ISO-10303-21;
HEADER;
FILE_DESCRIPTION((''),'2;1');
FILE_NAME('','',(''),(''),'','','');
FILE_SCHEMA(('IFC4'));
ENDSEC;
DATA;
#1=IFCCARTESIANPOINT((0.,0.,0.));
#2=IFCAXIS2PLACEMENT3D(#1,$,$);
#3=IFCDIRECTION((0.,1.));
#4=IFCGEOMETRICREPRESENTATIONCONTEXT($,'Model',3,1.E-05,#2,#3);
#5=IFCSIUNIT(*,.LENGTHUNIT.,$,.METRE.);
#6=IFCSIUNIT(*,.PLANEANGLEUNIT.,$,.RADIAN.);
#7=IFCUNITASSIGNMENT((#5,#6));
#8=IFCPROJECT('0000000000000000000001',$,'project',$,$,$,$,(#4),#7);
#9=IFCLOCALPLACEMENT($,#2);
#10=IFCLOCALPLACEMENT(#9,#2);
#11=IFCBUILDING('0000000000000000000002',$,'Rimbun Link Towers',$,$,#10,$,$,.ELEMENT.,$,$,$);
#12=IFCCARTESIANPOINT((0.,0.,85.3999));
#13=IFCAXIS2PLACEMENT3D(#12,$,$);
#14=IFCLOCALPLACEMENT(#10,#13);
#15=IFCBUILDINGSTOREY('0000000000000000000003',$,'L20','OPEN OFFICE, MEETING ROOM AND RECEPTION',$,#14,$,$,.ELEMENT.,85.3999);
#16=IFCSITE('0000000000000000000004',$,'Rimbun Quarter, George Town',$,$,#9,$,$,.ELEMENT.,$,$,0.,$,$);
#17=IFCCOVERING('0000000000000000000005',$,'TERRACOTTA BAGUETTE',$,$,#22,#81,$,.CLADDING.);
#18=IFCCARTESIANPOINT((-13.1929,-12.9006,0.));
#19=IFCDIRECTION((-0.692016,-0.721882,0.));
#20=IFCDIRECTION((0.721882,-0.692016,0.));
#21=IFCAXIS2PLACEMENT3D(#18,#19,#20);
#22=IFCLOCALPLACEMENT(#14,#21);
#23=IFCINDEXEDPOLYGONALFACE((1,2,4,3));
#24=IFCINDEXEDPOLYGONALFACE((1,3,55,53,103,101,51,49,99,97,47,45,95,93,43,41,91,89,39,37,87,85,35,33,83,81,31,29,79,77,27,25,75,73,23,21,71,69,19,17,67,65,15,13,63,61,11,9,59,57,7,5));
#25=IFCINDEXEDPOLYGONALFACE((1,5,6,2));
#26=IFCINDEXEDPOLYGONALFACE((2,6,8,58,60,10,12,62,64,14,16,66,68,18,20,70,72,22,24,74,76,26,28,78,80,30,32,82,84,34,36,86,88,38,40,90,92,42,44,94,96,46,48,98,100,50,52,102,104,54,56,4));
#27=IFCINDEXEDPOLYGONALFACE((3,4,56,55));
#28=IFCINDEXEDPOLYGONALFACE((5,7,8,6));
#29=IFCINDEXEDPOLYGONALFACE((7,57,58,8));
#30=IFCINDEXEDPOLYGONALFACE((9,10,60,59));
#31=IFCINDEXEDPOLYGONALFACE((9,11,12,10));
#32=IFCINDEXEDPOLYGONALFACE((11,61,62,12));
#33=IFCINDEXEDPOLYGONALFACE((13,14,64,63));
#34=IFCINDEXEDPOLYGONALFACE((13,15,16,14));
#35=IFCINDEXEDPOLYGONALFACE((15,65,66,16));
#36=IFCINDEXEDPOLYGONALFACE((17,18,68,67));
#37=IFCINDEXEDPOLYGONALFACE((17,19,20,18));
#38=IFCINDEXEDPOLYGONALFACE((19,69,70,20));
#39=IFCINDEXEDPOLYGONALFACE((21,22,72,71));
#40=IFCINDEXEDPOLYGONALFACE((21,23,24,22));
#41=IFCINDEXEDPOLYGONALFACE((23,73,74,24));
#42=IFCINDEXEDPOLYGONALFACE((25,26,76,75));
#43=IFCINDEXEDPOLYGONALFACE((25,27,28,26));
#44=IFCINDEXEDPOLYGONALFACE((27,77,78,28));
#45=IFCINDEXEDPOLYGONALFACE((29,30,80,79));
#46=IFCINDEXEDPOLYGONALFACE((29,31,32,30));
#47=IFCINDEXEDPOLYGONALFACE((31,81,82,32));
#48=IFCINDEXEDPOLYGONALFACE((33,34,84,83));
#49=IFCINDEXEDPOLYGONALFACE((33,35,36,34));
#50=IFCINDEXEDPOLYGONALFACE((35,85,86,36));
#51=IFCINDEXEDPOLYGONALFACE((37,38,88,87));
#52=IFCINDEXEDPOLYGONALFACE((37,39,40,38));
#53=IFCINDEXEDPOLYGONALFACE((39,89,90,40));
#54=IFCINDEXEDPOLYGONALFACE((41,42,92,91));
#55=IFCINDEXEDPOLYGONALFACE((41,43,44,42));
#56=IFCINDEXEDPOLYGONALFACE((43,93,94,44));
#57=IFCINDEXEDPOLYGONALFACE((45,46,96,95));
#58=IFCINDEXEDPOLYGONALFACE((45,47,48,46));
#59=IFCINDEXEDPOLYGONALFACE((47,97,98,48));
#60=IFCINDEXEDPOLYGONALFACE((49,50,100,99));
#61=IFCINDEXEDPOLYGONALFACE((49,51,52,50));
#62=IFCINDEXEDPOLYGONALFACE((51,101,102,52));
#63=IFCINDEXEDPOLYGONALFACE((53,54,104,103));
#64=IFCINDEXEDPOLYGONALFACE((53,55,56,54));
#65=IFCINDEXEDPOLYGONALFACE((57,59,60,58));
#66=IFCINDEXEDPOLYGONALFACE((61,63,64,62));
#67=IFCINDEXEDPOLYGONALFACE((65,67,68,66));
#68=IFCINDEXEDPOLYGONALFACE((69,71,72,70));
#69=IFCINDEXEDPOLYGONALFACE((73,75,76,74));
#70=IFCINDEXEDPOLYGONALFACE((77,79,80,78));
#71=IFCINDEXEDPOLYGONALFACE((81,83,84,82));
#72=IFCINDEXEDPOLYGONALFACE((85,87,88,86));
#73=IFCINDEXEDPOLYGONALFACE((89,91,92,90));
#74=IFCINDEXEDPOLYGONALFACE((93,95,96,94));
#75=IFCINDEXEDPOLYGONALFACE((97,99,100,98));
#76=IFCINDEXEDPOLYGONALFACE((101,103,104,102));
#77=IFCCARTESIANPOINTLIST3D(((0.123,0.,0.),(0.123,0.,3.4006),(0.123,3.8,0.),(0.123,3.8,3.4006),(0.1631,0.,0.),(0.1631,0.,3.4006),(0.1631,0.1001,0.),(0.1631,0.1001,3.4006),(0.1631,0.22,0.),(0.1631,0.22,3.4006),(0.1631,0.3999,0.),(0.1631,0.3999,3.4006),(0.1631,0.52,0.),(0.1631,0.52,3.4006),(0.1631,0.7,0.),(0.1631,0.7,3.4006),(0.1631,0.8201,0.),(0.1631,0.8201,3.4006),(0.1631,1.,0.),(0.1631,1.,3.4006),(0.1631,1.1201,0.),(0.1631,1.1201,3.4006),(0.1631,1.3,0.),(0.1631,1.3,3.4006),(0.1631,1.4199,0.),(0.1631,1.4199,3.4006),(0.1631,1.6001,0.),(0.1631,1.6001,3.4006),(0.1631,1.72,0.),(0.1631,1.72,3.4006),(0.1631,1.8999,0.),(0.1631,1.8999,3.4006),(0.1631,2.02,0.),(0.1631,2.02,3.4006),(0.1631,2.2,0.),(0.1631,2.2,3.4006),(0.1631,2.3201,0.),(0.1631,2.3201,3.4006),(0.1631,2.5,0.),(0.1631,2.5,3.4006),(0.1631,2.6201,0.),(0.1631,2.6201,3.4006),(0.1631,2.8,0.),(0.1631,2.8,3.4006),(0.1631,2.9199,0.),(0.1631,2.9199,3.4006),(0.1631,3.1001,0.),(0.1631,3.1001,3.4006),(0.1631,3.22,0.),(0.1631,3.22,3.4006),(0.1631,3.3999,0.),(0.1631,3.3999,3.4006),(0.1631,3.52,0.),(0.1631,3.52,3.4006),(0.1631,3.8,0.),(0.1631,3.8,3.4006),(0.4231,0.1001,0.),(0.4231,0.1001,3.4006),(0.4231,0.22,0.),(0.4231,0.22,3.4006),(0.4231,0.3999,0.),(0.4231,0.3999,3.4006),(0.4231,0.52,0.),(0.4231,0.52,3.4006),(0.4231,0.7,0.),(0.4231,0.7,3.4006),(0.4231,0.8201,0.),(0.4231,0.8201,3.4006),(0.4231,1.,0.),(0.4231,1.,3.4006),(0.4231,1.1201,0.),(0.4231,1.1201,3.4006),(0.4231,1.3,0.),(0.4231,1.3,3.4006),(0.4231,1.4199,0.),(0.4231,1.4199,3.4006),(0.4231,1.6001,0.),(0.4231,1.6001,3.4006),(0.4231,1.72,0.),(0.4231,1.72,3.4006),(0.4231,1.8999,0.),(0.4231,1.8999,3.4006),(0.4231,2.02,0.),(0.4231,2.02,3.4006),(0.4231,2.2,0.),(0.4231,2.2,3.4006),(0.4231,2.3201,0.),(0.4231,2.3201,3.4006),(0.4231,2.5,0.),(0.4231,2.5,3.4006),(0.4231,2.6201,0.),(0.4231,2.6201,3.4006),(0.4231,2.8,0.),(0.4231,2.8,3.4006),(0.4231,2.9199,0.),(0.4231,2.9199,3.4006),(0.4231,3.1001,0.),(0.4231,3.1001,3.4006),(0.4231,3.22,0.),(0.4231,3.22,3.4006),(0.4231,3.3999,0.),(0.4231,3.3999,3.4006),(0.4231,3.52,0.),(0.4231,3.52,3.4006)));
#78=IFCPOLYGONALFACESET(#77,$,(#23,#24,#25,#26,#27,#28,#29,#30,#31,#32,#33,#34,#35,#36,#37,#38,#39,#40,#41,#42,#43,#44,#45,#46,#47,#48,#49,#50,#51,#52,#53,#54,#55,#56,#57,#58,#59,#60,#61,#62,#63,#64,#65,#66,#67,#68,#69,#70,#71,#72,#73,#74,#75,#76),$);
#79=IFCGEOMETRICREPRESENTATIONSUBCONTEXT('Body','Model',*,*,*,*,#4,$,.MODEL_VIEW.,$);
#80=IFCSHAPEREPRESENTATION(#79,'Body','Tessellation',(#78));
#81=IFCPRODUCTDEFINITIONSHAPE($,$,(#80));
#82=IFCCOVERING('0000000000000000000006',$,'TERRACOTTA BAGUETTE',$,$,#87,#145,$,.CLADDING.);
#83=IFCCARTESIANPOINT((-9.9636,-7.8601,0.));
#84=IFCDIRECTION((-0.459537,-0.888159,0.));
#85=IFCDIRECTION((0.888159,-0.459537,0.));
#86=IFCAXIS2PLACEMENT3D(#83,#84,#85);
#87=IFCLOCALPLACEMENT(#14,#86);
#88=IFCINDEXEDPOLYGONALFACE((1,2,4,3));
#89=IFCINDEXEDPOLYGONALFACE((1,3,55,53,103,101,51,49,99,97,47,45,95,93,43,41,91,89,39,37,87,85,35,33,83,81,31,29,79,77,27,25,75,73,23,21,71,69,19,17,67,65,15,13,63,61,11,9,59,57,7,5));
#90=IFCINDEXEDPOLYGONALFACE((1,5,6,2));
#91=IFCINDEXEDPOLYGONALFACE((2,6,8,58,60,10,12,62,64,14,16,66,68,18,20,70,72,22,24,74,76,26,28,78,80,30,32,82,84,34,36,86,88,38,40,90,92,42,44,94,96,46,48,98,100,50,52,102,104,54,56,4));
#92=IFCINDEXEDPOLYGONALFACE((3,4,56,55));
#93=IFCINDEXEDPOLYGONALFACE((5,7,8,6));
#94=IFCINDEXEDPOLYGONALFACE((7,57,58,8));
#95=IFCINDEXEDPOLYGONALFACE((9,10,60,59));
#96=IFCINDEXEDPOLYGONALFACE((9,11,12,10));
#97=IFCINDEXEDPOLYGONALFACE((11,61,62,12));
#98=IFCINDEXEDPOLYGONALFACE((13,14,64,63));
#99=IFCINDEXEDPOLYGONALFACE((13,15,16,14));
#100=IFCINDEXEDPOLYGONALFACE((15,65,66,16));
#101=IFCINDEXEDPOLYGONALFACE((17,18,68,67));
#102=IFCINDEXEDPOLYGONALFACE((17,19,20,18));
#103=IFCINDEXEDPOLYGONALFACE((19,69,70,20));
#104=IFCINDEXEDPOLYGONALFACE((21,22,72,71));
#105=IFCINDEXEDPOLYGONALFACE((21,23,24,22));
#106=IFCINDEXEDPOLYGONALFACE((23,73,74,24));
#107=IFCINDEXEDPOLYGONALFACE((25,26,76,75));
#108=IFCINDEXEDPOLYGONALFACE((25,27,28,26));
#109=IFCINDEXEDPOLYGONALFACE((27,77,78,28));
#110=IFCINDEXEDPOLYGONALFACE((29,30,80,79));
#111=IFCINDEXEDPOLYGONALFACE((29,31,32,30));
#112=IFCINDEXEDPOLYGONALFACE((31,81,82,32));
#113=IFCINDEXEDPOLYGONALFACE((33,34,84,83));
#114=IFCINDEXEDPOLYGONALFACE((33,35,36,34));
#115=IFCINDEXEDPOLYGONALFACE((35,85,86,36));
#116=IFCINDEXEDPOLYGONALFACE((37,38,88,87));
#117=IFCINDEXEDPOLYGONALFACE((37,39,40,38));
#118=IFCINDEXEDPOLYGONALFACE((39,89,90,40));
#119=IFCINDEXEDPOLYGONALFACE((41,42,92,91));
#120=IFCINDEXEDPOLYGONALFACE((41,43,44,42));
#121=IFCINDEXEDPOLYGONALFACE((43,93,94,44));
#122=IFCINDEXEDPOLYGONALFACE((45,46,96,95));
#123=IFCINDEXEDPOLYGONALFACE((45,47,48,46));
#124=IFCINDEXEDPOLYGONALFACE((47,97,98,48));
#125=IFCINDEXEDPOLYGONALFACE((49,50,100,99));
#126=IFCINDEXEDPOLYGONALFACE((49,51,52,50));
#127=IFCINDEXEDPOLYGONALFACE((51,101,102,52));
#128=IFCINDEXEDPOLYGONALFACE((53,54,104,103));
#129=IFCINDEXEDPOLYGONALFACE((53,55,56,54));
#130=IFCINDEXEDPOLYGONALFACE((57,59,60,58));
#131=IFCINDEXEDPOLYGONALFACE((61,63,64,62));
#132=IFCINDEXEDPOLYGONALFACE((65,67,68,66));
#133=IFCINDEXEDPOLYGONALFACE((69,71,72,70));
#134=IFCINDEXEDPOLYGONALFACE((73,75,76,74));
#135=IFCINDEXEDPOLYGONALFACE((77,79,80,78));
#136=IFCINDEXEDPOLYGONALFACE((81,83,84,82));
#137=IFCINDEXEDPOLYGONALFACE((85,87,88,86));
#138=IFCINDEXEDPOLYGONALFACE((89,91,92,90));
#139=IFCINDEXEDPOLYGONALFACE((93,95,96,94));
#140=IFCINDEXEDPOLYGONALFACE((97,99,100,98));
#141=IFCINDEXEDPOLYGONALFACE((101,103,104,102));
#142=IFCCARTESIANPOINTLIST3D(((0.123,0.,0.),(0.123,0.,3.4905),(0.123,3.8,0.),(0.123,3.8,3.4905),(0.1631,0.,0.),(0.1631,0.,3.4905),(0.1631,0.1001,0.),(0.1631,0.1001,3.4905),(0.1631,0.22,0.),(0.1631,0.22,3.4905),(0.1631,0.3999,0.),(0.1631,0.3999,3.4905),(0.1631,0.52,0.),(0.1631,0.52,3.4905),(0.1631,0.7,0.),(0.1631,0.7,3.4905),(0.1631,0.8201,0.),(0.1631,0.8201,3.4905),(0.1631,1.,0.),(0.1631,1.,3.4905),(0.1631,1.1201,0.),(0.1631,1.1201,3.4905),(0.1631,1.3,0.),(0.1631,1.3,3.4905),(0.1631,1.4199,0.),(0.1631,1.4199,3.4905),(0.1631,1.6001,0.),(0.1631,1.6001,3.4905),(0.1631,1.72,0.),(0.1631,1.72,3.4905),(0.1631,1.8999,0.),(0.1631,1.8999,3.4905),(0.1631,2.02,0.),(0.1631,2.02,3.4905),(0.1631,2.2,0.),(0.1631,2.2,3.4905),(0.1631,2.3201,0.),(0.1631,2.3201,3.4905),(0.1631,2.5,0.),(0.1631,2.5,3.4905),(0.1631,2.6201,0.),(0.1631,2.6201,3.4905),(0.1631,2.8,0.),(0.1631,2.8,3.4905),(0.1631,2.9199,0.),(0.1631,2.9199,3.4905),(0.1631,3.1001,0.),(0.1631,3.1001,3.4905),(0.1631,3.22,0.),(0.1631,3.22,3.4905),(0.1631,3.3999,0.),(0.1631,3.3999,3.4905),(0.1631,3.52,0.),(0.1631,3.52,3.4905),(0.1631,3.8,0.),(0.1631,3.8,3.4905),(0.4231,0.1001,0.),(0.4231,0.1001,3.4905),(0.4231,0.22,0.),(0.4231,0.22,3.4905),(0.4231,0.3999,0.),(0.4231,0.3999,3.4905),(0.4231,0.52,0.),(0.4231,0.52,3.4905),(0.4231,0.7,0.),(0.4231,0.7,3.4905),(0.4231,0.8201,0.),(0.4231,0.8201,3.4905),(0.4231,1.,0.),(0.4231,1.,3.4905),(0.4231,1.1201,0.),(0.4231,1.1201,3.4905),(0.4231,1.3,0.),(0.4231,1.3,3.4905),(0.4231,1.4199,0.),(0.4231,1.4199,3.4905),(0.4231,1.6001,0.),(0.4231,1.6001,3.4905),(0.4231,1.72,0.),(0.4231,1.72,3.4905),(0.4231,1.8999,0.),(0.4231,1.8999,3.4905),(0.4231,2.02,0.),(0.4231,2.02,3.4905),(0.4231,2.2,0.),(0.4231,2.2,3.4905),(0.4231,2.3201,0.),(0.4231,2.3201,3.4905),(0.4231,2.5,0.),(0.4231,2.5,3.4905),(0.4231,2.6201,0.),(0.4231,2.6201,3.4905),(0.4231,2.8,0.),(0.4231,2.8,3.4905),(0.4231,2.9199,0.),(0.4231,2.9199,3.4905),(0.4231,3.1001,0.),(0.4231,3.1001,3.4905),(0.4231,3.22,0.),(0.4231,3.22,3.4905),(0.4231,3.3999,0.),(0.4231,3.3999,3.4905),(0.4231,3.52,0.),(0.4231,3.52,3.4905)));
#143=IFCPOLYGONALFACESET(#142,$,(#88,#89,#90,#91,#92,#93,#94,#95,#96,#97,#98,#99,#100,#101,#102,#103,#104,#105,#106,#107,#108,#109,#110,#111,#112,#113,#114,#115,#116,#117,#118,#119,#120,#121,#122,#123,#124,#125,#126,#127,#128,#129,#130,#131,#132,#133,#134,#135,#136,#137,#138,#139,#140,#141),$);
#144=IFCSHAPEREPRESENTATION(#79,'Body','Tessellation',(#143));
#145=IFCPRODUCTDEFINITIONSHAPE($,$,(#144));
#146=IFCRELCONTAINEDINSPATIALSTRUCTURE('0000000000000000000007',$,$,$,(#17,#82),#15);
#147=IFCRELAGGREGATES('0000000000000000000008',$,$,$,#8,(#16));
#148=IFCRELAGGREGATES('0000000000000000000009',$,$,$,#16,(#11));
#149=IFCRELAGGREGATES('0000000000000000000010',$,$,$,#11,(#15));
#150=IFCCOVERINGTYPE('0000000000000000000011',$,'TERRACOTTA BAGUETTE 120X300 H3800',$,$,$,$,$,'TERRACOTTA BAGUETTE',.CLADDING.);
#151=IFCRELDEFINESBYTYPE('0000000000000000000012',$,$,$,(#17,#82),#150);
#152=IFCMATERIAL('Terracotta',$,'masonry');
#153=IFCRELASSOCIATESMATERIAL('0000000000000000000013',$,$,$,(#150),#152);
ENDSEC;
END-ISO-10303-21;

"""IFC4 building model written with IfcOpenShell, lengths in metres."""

from ifc_helpers import new_model, si_unit, direction, frame, origin, place, context, subcontext, project, spatial, polyline, outline, extrude, material, material_profile, profile_set, type_object, element, save


model = new_model("IFC4")

# Units and contexts
model_context = context("Model", 3, precision=1e-05, world=origin(), true_north=direction((0.0, 1.0)))
body_context = subcontext(model_context, "Body", "Model", "MODEL_VIEW")
ifc_project = project(units=[si_unit("LENGTHUNIT", "METRE"), si_unit("PLANEANGLEUNIT", "RADIAN")], contexts=[model_context])

# Site, building, storey
site_placement = place(None, origin())
site = spatial("IfcSite", under=ifc_project, at=site_placement, Name="Rimbun Quarter, George Town", CompositionType="ELEMENT", RefElevation=0.0)
building_placement = place(site_placement, origin())
building = spatial("IfcBuilding", under=site, at=building_placement, Name="Rimbun Link Towers", CompositionType="ELEMENT")
storey_placement = place(building_placement, frame((0.0, 0.0, 85.3999)))
storey = spatial("IfcBuildingStorey", under=building, at=storey_placement, Name="L20", Description="OPEN OFFICE, MEETING ROOM AND RECEPTION", CompositionType="ELEMENT", Elevation=85.3999)

# Coverings
ifc_material_1 = material(Name="Terracotta", Category="masonry")
ifc_material_profile_1 = material_profile(ifc_material_1, outline(polyline([(0.123, 0.0), (0.1631, 0.0), (0.1631, 0.1001), (0.4231, 0.1001), (0.4231, 0.22), (0.1631, 0.22), (0.1631, 0.3999), (0.4231, 0.3999), (0.4231, 0.52), (0.1631, 0.52), (0.1631, 0.7), (0.4231, 0.7), (0.4231, 0.8201), (0.1631, 0.8201), (0.1631, 1.0), (0.4231, 1.0), (0.4231, 1.1201), (0.1631, 1.1201), (0.1631, 1.3), (0.4231, 1.3), (0.4231, 1.4199), (0.1631, 1.4199), (0.1631, 1.6001), (0.4231, 1.6001), (0.4231, 1.72), (0.1631, 1.72), (0.1631, 1.8999), (0.4231, 1.8999), (0.4231, 2.02), (0.1631, 2.02), (0.1631, 2.2), (0.4231, 2.2), (0.4231, 2.3201), (0.1631, 2.3201), (0.1631, 2.5), (0.4231, 2.5), (0.4231, 2.6201), (0.1631, 2.6201), (0.1631, 2.8), (0.4231, 2.8), (0.4231, 2.9199), (0.1631, 2.9199), (0.1631, 3.1001), (0.4231, 3.1001), (0.4231, 3.22), (0.1631, 3.22), (0.1631, 3.3999), (0.4231, 3.3999), (0.4231, 3.52), (0.1631, 3.52), (0.1631, 3.8), (0.123, 3.8), (0.123, 0.0)])), Name="BAGUETTE 120X300")
ifc_profile_set_1 = profile_set([ifc_material_profile_1], Name="Terracotta")
covering_type = type_object("IfcCoveringType", Name="TERRACOTTA BAGUETTE 120X300 H3800", ElementType="TERRACOTTA BAGUETTE", PredefinedType="CLADDING", material=ifc_profile_set_1)
covering_1_placement = place(storey_placement, frame((-13.1929, -12.9006, 0.0), z_axis=(-0.692016, -0.721882, 0.0), x_axis=(0.721882, -0.692016, 0.0)))
element("IfcCovering", 1, at=covering_1_placement, inside=storey, type_object=covering_type, Name="TERRACOTTA BAGUETTE", PredefinedType="CLADDING", context=body_context, shape_type="SweptSolid", body=[
    extrude(outline(polyline([(0.123, 0.0), (0.1631, 0.0), (0.1631, 0.1001), (0.4231, 0.1001), (0.4231, 0.22), (0.1631, 0.22), (0.1631, 0.3999), (0.4231, 0.3999), (0.4231, 0.52), (0.1631, 0.52), (0.1631, 0.7), (0.4231, 0.7), (0.4231, 0.8201), (0.1631, 0.8201), (0.1631, 1.0), (0.4231, 1.0), (0.4231, 1.1201), (0.1631, 1.1201), (0.1631, 1.3), (0.4231, 1.3), (0.4231, 1.4199), (0.1631, 1.4199), (0.1631, 1.6001), (0.4231, 1.6001), (0.4231, 1.72), (0.1631, 1.72), (0.1631, 1.8999), (0.4231, 1.8999), (0.4231, 2.02), (0.1631, 2.02), (0.1631, 2.2), (0.4231, 2.2), (0.4231, 2.3201), (0.1631, 2.3201), (0.1631, 2.5), (0.4231, 2.5), (0.4231, 2.6201), (0.1631, 2.6201), (0.1631, 2.8), (0.4231, 2.8), (0.4231, 2.9199), (0.1631, 2.9199), (0.1631, 3.1001), (0.4231, 3.1001), (0.4231, 3.22), (0.1631, 3.22), (0.1631, 3.3999), (0.4231, 3.3999), (0.4231, 3.52), (0.1631, 3.52), (0.1631, 3.8), (0.123, 3.8), (0.123, 0.0)])), origin(), (0.0, 0.0, 1.0), 3.4006),
])
covering_2_placement = place(storey_placement, frame((-9.9636, -7.8601, 0.0), z_axis=(-0.459537, -0.888159, 0.0), x_axis=(0.888159, -0.459537, 0.0)))
element("IfcCovering", 2, at=covering_2_placement, inside=storey, type_object=covering_type, Name="TERRACOTTA BAGUETTE", PredefinedType="CLADDING", context=body_context, shape_type="SweptSolid", body=[
    extrude(outline(polyline([(0.123, 0.0), (0.1631, 0.0), (0.1631, 0.1001), (0.4231, 0.1001), (0.4231, 0.22), (0.1631, 0.22), (0.1631, 0.3999), (0.4231, 0.3999), (0.4231, 0.52), (0.1631, 0.52), (0.1631, 0.7), (0.4231, 0.7), (0.4231, 0.8201), (0.1631, 0.8201), (0.1631, 1.0), (0.4231, 1.0), (0.4231, 1.1201), (0.1631, 1.1201), (0.1631, 1.3), (0.4231, 1.3), (0.4231, 1.4199), (0.1631, 1.4199), (0.1631, 1.6001), (0.4231, 1.6001), (0.4231, 1.72), (0.1631, 1.72), (0.1631, 1.8999), (0.4231, 1.8999), (0.4231, 2.02), (0.1631, 2.02), (0.1631, 2.2), (0.4231, 2.2), (0.4231, 2.3201), (0.1631, 2.3201), (0.1631, 2.5), (0.4231, 2.5), (0.4231, 2.6201), (0.1631, 2.6201), (0.1631, 2.8), (0.4231, 2.8), (0.4231, 2.9199), (0.1631, 2.9199), (0.1631, 3.1001), (0.4231, 3.1001), (0.4231, 3.22), (0.1631, 3.22), (0.1631, 3.3999), (0.4231, 3.3999), (0.4231, 3.52), (0.1631, 3.52), (0.1631, 3.8), (0.123, 3.8), (0.123, 0.0)])), origin(), (0.0, 0.0, 1.0), 3.4905),
])

save(model, "model.ifc")
